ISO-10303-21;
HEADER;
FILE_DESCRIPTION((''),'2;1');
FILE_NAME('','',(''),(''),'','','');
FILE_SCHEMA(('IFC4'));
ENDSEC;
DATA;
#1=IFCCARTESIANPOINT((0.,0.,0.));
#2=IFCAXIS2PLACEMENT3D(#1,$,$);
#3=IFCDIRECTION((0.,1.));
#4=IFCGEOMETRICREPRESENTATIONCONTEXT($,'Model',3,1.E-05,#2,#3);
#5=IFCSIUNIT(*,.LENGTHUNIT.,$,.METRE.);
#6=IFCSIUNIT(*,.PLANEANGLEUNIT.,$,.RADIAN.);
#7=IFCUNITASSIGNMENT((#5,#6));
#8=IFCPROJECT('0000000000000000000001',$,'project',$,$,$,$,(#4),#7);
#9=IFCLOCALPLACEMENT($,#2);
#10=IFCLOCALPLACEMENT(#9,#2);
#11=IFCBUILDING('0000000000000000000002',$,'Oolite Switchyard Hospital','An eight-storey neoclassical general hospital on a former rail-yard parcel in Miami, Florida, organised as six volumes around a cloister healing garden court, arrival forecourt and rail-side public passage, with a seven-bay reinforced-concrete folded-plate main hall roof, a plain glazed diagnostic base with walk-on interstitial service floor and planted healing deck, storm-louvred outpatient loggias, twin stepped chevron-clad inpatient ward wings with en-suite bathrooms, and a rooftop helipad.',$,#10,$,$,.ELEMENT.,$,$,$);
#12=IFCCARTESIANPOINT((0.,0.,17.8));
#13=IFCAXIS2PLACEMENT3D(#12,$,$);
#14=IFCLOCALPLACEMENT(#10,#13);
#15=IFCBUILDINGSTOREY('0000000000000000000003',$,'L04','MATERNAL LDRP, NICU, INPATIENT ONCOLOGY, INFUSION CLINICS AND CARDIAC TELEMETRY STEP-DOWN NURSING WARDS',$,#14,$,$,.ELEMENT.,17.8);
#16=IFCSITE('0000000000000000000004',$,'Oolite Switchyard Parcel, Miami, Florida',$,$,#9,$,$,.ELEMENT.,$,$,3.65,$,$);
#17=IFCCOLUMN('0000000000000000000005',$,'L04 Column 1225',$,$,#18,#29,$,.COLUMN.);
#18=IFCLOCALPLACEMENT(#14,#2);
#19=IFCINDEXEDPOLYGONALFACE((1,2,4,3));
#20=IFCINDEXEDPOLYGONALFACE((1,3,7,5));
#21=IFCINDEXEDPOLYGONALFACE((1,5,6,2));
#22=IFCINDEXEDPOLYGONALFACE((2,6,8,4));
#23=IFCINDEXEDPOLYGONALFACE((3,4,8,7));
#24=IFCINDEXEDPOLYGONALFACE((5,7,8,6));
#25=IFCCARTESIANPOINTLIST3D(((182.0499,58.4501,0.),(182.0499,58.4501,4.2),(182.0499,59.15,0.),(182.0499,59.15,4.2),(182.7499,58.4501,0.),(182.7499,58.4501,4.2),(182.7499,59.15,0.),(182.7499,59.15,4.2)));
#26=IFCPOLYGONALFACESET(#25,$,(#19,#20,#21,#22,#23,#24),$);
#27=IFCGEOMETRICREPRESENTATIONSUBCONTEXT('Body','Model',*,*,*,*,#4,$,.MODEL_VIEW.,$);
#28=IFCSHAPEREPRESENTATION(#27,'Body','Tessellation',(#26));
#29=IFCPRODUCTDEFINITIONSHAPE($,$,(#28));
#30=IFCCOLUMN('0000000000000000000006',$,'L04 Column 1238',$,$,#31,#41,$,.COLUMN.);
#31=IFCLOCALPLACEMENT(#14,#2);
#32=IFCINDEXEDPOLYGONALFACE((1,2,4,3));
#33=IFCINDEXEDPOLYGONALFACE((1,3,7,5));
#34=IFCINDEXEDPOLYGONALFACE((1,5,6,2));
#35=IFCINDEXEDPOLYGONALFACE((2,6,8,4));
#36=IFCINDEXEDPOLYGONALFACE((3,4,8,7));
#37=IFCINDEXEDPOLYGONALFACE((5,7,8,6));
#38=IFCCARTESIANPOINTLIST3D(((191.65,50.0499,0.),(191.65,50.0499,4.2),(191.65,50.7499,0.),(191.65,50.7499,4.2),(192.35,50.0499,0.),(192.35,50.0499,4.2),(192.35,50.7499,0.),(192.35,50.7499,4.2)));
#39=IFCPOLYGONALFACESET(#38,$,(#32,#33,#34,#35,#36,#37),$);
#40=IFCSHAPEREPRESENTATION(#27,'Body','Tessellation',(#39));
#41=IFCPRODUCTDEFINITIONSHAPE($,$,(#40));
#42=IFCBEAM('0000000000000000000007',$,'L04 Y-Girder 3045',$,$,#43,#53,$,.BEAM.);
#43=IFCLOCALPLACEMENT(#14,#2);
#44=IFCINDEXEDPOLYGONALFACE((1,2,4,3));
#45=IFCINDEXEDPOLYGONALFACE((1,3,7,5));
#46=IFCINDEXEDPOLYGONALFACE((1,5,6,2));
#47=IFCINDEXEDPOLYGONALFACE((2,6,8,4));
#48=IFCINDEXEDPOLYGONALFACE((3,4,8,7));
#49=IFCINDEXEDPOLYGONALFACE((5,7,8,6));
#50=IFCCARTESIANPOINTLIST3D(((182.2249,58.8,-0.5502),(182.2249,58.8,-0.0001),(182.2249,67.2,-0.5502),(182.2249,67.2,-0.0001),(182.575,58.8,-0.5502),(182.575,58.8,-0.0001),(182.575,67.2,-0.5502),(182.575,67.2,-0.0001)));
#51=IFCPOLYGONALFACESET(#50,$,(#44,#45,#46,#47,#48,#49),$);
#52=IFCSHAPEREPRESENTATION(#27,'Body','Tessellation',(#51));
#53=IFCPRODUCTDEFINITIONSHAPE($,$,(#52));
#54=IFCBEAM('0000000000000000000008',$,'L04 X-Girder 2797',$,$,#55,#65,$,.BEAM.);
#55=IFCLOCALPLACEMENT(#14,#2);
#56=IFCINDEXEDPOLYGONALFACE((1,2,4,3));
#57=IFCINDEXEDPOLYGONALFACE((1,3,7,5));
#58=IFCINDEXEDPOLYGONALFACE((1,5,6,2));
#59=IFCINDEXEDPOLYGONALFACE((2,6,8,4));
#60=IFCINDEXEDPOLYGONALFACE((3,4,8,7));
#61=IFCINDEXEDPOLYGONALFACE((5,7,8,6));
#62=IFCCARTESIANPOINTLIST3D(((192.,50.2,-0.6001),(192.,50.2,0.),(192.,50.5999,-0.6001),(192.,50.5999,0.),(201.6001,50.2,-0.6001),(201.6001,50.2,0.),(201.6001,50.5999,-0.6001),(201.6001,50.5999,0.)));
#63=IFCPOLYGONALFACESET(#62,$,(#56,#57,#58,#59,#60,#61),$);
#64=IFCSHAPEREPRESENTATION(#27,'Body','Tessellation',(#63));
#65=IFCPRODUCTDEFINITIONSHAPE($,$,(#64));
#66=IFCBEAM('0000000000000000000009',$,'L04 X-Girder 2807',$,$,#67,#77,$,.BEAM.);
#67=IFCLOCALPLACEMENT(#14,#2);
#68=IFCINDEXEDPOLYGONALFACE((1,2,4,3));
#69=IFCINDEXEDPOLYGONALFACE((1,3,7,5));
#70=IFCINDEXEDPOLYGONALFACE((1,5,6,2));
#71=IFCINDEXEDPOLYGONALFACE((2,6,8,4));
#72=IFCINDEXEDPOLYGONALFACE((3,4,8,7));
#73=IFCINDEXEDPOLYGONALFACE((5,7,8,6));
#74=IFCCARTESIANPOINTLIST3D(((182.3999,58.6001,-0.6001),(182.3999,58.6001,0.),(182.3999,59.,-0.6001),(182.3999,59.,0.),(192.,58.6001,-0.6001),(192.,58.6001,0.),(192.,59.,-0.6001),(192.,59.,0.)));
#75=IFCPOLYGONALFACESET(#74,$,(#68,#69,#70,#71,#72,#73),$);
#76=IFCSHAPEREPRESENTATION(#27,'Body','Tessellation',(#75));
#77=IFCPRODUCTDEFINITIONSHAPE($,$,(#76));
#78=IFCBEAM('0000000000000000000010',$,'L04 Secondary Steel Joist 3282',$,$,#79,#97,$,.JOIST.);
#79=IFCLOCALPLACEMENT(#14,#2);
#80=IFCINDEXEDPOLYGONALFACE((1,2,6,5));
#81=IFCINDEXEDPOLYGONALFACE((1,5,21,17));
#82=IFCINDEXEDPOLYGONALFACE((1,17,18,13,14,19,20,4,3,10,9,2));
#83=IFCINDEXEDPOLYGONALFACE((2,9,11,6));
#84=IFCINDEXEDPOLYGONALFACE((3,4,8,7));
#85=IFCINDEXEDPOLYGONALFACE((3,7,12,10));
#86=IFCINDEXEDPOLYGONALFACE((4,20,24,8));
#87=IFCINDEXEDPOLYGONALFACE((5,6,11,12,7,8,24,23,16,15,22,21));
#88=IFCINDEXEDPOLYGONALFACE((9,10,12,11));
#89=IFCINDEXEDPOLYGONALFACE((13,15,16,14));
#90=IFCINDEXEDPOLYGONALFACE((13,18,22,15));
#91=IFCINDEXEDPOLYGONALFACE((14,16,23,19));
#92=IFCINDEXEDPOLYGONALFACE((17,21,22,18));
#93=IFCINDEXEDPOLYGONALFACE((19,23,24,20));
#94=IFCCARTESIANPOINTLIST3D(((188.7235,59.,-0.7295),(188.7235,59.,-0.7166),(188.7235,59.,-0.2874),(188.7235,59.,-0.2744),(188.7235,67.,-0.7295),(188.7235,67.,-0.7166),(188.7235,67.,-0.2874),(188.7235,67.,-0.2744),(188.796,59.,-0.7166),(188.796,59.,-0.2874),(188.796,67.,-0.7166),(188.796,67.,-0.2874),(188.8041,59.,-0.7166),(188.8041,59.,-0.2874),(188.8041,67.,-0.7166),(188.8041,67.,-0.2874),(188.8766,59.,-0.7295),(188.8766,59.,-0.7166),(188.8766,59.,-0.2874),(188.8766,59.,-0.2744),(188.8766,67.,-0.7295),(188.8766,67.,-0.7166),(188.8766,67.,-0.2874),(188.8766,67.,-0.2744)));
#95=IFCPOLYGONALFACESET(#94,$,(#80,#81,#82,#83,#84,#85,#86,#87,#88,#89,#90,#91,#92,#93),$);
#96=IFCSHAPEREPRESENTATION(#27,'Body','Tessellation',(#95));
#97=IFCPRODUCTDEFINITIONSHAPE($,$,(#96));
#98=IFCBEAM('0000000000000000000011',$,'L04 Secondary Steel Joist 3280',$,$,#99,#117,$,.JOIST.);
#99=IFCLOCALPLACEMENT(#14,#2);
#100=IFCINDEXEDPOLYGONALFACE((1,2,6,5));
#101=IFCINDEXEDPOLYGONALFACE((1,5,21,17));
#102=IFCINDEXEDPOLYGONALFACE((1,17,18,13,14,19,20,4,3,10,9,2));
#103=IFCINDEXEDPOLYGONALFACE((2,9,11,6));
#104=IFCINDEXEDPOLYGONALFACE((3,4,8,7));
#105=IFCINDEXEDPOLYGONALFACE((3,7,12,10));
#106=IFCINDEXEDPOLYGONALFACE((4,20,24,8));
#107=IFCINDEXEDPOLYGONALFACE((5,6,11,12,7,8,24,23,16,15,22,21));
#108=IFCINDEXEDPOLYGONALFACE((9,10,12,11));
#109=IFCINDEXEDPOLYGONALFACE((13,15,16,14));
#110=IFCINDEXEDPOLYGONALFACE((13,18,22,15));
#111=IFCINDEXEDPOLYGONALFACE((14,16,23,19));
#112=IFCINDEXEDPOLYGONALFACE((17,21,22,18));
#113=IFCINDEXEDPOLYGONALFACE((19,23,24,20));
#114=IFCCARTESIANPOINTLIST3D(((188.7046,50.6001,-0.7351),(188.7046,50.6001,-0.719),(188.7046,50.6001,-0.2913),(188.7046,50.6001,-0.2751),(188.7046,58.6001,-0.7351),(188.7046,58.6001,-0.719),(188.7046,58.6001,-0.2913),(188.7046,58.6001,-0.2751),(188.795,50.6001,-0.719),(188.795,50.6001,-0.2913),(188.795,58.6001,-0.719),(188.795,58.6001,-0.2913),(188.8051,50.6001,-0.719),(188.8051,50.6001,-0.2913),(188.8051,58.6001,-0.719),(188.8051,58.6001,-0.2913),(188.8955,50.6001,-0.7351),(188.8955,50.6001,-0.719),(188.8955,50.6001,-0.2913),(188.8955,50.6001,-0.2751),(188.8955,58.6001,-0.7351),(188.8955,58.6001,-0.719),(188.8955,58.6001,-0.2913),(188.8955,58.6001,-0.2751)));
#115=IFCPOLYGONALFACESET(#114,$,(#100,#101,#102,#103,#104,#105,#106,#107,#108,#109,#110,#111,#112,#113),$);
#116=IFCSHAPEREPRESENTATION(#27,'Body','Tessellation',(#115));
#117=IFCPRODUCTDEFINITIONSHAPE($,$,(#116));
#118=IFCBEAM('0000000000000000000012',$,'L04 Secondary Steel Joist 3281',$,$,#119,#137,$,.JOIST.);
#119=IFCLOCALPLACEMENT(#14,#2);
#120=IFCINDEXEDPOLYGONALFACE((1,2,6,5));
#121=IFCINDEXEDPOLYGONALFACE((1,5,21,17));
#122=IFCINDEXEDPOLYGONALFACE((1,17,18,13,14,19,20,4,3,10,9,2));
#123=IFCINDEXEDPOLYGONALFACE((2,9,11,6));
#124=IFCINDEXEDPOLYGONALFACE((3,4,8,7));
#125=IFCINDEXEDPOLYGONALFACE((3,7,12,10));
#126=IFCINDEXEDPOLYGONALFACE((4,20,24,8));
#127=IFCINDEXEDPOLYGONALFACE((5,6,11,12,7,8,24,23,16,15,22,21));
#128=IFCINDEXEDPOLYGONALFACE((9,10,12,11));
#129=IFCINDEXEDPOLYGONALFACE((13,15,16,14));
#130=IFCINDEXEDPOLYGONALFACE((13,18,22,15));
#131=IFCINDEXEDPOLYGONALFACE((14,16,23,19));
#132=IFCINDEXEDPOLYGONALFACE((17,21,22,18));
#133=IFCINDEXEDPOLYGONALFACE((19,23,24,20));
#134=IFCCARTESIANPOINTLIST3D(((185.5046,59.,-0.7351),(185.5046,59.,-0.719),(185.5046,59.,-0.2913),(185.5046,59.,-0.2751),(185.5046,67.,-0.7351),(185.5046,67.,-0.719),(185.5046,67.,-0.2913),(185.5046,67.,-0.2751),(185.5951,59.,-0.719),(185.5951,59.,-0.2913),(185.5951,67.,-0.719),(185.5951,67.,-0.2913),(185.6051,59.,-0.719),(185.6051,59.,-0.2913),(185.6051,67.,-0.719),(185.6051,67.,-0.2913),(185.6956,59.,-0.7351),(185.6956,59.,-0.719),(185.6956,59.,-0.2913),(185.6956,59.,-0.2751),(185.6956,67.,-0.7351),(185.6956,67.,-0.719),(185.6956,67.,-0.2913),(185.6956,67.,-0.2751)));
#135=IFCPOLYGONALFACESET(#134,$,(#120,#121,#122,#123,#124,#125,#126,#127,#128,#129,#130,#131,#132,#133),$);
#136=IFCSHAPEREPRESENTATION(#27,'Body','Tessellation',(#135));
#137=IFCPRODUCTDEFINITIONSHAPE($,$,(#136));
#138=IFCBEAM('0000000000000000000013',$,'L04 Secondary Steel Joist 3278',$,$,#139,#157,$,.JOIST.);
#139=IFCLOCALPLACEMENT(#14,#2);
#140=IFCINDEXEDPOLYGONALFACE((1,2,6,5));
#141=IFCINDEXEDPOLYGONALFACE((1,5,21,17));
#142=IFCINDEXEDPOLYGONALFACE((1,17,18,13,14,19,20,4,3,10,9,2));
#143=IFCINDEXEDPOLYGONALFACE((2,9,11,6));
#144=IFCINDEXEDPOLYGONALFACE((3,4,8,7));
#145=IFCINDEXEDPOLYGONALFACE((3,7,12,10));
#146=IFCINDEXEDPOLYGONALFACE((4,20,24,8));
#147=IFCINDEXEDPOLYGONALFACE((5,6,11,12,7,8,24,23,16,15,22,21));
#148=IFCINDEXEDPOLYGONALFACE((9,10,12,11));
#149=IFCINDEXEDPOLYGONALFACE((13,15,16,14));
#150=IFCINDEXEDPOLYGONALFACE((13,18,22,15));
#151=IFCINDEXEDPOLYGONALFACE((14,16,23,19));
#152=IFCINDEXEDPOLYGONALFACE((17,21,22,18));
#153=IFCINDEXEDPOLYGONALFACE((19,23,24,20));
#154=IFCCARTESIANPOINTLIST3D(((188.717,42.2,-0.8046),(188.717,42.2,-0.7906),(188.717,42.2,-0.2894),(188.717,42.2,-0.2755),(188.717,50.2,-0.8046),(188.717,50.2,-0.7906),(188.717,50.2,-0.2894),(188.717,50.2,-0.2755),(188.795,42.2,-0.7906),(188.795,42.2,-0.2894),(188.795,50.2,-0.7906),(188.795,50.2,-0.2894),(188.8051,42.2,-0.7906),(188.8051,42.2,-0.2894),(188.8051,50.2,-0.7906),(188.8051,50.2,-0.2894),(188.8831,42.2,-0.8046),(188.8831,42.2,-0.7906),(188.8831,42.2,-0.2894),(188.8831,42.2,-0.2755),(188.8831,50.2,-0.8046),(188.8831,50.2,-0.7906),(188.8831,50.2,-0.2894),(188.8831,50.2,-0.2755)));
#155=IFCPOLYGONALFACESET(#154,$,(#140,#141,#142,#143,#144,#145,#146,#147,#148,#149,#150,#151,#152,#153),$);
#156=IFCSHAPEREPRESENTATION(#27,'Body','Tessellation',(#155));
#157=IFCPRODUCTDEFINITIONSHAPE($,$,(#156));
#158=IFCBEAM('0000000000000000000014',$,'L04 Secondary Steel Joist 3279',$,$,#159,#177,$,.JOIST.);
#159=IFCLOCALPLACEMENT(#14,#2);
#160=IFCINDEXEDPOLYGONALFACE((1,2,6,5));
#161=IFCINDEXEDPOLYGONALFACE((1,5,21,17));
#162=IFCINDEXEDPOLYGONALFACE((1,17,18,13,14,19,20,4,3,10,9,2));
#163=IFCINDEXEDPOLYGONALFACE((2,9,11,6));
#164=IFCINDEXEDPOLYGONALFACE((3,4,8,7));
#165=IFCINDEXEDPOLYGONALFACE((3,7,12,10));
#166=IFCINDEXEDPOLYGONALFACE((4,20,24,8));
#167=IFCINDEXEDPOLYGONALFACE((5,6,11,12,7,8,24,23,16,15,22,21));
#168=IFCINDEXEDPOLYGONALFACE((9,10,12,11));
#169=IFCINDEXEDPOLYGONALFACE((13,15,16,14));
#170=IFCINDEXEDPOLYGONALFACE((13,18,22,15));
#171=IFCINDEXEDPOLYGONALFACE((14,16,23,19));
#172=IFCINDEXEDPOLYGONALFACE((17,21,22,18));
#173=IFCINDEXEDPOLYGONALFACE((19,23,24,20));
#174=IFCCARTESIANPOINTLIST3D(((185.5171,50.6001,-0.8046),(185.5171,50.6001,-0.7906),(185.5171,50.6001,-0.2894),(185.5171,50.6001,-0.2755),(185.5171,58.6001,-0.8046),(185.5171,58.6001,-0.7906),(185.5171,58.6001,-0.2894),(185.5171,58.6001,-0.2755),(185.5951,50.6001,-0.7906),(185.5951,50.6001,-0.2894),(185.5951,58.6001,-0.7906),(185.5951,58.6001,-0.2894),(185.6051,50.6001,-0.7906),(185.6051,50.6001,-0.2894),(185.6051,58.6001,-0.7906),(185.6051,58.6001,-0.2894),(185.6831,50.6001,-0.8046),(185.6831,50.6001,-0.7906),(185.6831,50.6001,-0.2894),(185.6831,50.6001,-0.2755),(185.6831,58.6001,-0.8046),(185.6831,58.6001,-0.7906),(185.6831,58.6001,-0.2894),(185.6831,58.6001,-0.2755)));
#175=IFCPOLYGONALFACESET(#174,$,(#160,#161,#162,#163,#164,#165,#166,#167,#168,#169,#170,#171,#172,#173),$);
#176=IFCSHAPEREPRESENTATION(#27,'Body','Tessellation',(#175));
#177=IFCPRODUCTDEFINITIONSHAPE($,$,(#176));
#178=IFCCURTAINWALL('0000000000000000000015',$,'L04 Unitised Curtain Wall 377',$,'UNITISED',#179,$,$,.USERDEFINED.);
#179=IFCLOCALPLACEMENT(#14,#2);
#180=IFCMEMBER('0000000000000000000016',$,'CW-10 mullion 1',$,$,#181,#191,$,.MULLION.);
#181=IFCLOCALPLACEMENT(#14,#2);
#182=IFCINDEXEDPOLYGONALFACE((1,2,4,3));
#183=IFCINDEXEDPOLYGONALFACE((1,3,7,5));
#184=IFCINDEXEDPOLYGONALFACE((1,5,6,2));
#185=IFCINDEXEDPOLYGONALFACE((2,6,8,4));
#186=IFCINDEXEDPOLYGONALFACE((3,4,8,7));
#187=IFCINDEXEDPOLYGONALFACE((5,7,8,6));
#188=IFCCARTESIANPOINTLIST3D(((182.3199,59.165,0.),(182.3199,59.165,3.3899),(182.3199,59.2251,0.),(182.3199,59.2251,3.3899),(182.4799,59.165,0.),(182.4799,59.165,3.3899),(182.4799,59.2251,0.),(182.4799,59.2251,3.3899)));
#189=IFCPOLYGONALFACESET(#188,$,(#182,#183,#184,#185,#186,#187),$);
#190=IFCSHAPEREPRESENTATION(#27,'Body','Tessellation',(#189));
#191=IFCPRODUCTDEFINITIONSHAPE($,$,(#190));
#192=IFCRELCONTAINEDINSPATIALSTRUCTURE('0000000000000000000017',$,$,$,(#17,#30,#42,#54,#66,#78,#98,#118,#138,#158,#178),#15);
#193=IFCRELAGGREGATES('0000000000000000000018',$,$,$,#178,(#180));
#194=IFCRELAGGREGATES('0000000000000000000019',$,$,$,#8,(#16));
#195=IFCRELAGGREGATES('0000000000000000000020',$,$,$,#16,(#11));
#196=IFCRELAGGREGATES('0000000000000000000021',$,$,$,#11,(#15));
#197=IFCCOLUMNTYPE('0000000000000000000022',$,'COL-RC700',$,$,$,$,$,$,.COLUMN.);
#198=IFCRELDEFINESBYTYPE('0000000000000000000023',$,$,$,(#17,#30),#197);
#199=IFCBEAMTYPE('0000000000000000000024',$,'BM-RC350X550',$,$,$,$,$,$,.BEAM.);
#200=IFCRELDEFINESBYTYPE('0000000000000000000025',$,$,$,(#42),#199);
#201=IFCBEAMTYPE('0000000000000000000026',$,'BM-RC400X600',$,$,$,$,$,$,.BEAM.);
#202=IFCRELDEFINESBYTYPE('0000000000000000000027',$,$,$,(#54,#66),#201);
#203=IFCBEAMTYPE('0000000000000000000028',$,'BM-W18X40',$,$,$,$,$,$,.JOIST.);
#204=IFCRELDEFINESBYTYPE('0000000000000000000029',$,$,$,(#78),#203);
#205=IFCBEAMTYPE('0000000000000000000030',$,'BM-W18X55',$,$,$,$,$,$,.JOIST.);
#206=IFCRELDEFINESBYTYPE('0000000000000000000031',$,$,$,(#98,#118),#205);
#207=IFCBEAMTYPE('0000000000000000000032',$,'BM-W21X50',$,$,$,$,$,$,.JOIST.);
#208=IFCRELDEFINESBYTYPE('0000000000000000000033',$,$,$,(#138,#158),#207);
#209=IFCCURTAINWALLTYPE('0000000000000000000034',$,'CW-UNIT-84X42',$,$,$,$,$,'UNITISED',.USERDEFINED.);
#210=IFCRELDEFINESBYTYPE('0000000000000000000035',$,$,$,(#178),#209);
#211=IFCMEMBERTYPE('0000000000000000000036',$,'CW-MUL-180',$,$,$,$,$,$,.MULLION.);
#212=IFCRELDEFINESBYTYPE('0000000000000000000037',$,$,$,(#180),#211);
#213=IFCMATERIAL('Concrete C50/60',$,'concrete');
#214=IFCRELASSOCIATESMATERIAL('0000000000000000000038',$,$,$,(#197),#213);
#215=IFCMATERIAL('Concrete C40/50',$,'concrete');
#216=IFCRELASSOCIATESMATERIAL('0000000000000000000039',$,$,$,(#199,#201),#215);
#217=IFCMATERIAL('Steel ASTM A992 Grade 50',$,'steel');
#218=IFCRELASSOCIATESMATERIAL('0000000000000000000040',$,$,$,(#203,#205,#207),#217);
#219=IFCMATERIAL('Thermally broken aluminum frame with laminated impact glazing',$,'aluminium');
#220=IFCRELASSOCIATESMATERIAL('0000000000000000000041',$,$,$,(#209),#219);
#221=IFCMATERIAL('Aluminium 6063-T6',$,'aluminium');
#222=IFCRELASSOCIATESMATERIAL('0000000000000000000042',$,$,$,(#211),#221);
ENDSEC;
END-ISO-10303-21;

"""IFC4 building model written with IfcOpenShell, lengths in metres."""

from ifc_helpers import new_model, si_unit, direction, frame, origin, origin_2d, place, context, subcontext, project, spatial, rectangle, i_section, extrude, material, material_profile, profile_set, type_object, element, aggregate, save


model = new_model("IFC4")

# Units and contexts
model_context = context("Model", 3, precision=1e-05, world=origin(), true_north=direction((0.0, 1.0)))
body_context = subcontext(model_context, "Body", "Model", "MODEL_VIEW")
ifc_project = project(units=[si_unit("LENGTHUNIT", "METRE"), si_unit("PLANEANGLEUNIT", "RADIAN")], contexts=[model_context])

# Site, building, storey
site_placement = place(None, origin())
site = spatial("IfcSite", under=ifc_project, at=site_placement, Name="Oolite Switchyard Parcel, Miami, Florida", CompositionType="ELEMENT", RefElevation=3.65)
building_placement = place(site_placement, origin())
building = spatial("IfcBuilding", under=site, at=building_placement, Name="Oolite Switchyard Hospital", Description="An eight-storey neoclassical general hospital on a former rail-yard parcel in Miami, Florida, organised as six volumes around a cloister healing garden court, arrival forecourt and rail-side public passage, with a seven-bay reinforced-concrete folded-plate main hall roof, a plain glazed diagnostic base with walk-on interstitial service floor and planted healing deck, storm-louvred outpatient loggias, twin stepped chevron-clad inpatient ward wings with en-suite bathrooms, and a rooftop helipad.", CompositionType="ELEMENT")
storey_placement = place(building_placement, frame((0.0, 0.0, 17.8)))
storey = spatial("IfcBuildingStorey", under=building, at=storey_placement, Name="L04", Description="MATERNAL LDRP, NICU, INPATIENT ONCOLOGY, INFUSION CLINICS AND CARDIAC TELEMETRY STEP-DOWN NURSING WARDS", CompositionType="ELEMENT", Elevation=17.8)

# Columns
ifc_material_1 = material(Name="Concrete C50/60", Category="concrete")
ifc_material_profile_1 = material_profile(ifc_material_1, rectangle(XDim=0.7, YDim=0.7, at=origin_2d()), Name="RC700X700")
ifc_profile_set_1 = profile_set([ifc_material_profile_1], Name="Concrete C50/60")
column_type = type_object("IfcColumnType", Name="COL-RC700", PredefinedType="COLUMN", material=ifc_profile_set_1)
for number, where, z_axis, x_axis, name in (
    (1, (182.3999, 58.8, 0.0), (0.0, 0.0, 1.0), (1.0, 0.0, 0.0), "L04 Column 1225"),
    (2, (192.0, 50.3999, 0.0), (0.0, 0.0, 1.0), (1.0, 0.0, 0.0), "L04 Column 1238"),
):
    element("IfcColumn", number, at=place(storey_placement, frame(where, z_axis=z_axis, x_axis=x_axis)), inside=storey, type_object=column_type, Name=name, PredefinedType="COLUMN", context=body_context, shape_type="SweptSolid", body=[
        extrude(rectangle(XDim=0.7, YDim=0.7, at=origin_2d()), origin(), (0.0, 0.0, 1.0), 4.2),
    ])

# Beams
ifc_material_2 = material(Name="Concrete C40/50", Category="concrete")
ifc_material_profile_2 = material_profile(ifc_material_2, rectangle(XDim=0.3501, YDim=0.55, at=origin_2d()), Name="RCB350X550")
ifc_profile_set_2 = profile_set([ifc_material_profile_2], Name="Concrete C40/50")
beam_type_1 = type_object("IfcBeamType", Name="BM-RC350X550", PredefinedType="BEAM", material=ifc_profile_set_2)
beam_1_placement = place(storey_placement, frame((182.3999, 58.8, -0.2751), z_axis=(0.0, 1.0, 0.0), x_axis=(-1.0, 0.0, 0.0)))
element("IfcBeam", 3, at=beam_1_placement, inside=storey, type_object=beam_type_1, Name="L04 Y-Girder 3045", PredefinedType="BEAM", context=body_context, shape_type="SweptSolid", body=[
    extrude(rectangle(XDim=0.3501, YDim=0.55, at=origin_2d()), origin(), (0.0, 0.0, 1.0), 8.3999),
])
ifc_material_profile_3 = material_profile(ifc_material_2, rectangle(XDim=0.3999, YDim=0.6001, at=origin_2d()), Name="RCB400X600")
ifc_profile_set_3 = profile_set([ifc_material_profile_3], Name="Concrete C40/50")
beam_type_2 = type_object("IfcBeamType", Name="BM-RC400X600", PredefinedType="BEAM", material=ifc_profile_set_3)
for number, where, z_axis, x_axis, name in (
    (4, (192.0, 50.3999, -0.3), (1.0, 0.0, 0.0), (0.0, 1.0, 0.0), "L04 X-Girder 2797"),
    (5, (182.3999, 58.8, -0.3), (1.0, 0.0, 0.0), (0.0, 1.0, 0.0), "L04 X-Girder 2807"),
):
    element("IfcBeam", number, at=place(storey_placement, frame(where, z_axis=z_axis, x_axis=x_axis)), inside=storey, type_object=beam_type_2, Name=name, PredefinedType="BEAM", context=body_context, shape_type="SweptSolid", body=[
        extrude(rectangle(XDim=0.3999, YDim=0.6001, at=origin_2d()), origin(), (0.0, 0.0, 1.0), 9.6001),
    ])
ifc_material_3 = material(Name="Steel ASTM A992 Grade 50", Category="steel")
ifc_material_profile_4 = material_profile(ifc_material_3, i_section(OverallWidth=0.1531, OverallDepth=0.4551, WebThickness=0.0081, FlangeThickness=0.0129, at=origin_2d()), Name="W18X40")
ifc_profile_set_4 = profile_set([ifc_material_profile_4], Name="Steel ASTM A992 Grade 50")
beam_type_3 = type_object("IfcBeamType", Name="BM-W18X40", PredefinedType="JOIST", material=ifc_profile_set_4)
beam_2_placement = place(storey_placement, frame((188.8, 59.0, -0.502), z_axis=(0.0, 1.0, 0.0), x_axis=(-1.0, 0.0, 0.0)))
element("IfcBeam", 6, at=beam_2_placement, inside=storey, type_object=beam_type_3, Name="L04 Secondary Steel Joist 3282", PredefinedType="JOIST", context=body_context, shape_type="SweptSolid", body=[
    extrude(i_section(OverallWidth=0.1531, OverallDepth=0.4551, WebThickness=0.0081, FlangeThickness=0.0129, at=origin_2d()), origin(), (0.0, 0.0, 1.0), 8.0),
])
ifc_material_profile_5 = material_profile(ifc_material_3, i_section(OverallWidth=0.1909, OverallDepth=0.46, WebThickness=0.01, FlangeThickness=0.0161, at=origin_2d()), Name="W18X55")
ifc_profile_set_5 = profile_set([ifc_material_profile_5], Name="Steel ASTM A992 Grade 50")
beam_type_4 = type_object("IfcBeamType", Name="BM-W18X55", PredefinedType="JOIST", material=ifc_profile_set_5)
for number, where, z_axis, x_axis, name in (
    (7, (188.8, 50.6001, -0.5051), (0.0, 1.0, 0.0), (-1.0, 0.0, 0.0), "L04 Secondary Steel Joist 3280"),
    (8, (185.6001, 59.0, -0.5051), (0.0, 1.0, 0.0), (-1.0, 0.0, 0.0), "L04 Secondary Steel Joist 3281"),
):
    element("IfcBeam", number, at=place(storey_placement, frame(where, z_axis=z_axis, x_axis=x_axis)), inside=storey, type_object=beam_type_4, Name=name, PredefinedType="JOIST", context=body_context, shape_type="SweptSolid", body=[
        extrude(i_section(OverallWidth=0.1909, OverallDepth=0.46, WebThickness=0.01, FlangeThickness=0.0161, at=origin_2d()), origin(), (0.0, 0.0, 1.0), 8.0),
    ])
ifc_material_profile_6 = material_profile(ifc_material_3, i_section(OverallWidth=0.166, OverallDepth=0.5291, WebThickness=0.01, FlangeThickness=0.0139, at=origin_2d()), Name="W21X50")
ifc_profile_set_6 = profile_set([ifc_material_profile_6], Name="Steel ASTM A992 Grade 50")
beam_type_5 = type_object("IfcBeamType", Name="BM-W21X50", PredefinedType="JOIST", material=ifc_profile_set_6)
for number, where, z_axis, x_axis, name in (
    (9, (188.8, 42.2, -0.54), (0.0, 1.0, 0.0), (-1.0, 0.0, 0.0), "L04 Secondary Steel Joist 3278"),
    (10, (185.6001, 50.6001, -0.54), (0.0, 1.0, 0.0), (-1.0, 0.0, 0.0), "L04 Secondary Steel Joist 3279"),
):
    element("IfcBeam", number, at=place(storey_placement, frame(where, z_axis=z_axis, x_axis=x_axis)), inside=storey, type_object=beam_type_5, Name=name, PredefinedType="JOIST", context=body_context, shape_type="SweptSolid", body=[
        extrude(i_section(OverallWidth=0.166, OverallDepth=0.5291, WebThickness=0.01, FlangeThickness=0.0139, at=origin_2d()), origin(), (0.0, 0.0, 1.0), 8.0),
    ])

# Curtain wall, member
ifc_material_4 = material(Name="Thermally broken aluminum frame with laminated impact glazing", Category="aluminium")
curtain_wall_type = type_object("IfcCurtainWallType", Name="CW-UNIT-84X42", ElementType="UNITISED", PredefinedType="USERDEFINED", material=ifc_material_4)
curtain_wall_1_placement = place(storey_placement, origin())
curtain_wall_1 = element("IfcCurtainWall", 11, at=curtain_wall_1_placement, inside=storey, type_object=curtain_wall_type, Name="L04 Unitised Curtain Wall 377", ObjectType="UNITISED", PredefinedType="USERDEFINED")
ifc_material_5 = material(Name="Aluminium 6063-T6", Category="aluminium")
ifc_material_profile_7 = material_profile(ifc_material_5, rectangle(XDim=0.1599, YDim=0.0601, at=origin_2d()), Name="CWM60X160")
ifc_profile_set_7 = profile_set([ifc_material_profile_7], Name="Aluminium 6063-T6")
member_type_1 = type_object("IfcMemberType", Name="CW-MUL-180", PredefinedType="MULLION", material=ifc_profile_set_7)
member_1_placement = place(storey_placement, frame((182.3999, 59.1951, 0.0), z_axis=(0.0, 0.0, 1.0), x_axis=(-1.0, 0.0, 0.0)))
member_1 = element("IfcMember", 12, at=member_1_placement, type_object=member_type_1, Name="CW-10 mullion 1", PredefinedType="MULLION", context=body_context, shape_type="SweptSolid", body=[
    extrude(rectangle(XDim=0.1599, YDim=0.0601, at=origin_2d()), origin(), (0.0, 0.0, 1.0), 3.3899),
])

aggregate(curtain_wall_1, [member_1])

save(model, "model.ifc")
